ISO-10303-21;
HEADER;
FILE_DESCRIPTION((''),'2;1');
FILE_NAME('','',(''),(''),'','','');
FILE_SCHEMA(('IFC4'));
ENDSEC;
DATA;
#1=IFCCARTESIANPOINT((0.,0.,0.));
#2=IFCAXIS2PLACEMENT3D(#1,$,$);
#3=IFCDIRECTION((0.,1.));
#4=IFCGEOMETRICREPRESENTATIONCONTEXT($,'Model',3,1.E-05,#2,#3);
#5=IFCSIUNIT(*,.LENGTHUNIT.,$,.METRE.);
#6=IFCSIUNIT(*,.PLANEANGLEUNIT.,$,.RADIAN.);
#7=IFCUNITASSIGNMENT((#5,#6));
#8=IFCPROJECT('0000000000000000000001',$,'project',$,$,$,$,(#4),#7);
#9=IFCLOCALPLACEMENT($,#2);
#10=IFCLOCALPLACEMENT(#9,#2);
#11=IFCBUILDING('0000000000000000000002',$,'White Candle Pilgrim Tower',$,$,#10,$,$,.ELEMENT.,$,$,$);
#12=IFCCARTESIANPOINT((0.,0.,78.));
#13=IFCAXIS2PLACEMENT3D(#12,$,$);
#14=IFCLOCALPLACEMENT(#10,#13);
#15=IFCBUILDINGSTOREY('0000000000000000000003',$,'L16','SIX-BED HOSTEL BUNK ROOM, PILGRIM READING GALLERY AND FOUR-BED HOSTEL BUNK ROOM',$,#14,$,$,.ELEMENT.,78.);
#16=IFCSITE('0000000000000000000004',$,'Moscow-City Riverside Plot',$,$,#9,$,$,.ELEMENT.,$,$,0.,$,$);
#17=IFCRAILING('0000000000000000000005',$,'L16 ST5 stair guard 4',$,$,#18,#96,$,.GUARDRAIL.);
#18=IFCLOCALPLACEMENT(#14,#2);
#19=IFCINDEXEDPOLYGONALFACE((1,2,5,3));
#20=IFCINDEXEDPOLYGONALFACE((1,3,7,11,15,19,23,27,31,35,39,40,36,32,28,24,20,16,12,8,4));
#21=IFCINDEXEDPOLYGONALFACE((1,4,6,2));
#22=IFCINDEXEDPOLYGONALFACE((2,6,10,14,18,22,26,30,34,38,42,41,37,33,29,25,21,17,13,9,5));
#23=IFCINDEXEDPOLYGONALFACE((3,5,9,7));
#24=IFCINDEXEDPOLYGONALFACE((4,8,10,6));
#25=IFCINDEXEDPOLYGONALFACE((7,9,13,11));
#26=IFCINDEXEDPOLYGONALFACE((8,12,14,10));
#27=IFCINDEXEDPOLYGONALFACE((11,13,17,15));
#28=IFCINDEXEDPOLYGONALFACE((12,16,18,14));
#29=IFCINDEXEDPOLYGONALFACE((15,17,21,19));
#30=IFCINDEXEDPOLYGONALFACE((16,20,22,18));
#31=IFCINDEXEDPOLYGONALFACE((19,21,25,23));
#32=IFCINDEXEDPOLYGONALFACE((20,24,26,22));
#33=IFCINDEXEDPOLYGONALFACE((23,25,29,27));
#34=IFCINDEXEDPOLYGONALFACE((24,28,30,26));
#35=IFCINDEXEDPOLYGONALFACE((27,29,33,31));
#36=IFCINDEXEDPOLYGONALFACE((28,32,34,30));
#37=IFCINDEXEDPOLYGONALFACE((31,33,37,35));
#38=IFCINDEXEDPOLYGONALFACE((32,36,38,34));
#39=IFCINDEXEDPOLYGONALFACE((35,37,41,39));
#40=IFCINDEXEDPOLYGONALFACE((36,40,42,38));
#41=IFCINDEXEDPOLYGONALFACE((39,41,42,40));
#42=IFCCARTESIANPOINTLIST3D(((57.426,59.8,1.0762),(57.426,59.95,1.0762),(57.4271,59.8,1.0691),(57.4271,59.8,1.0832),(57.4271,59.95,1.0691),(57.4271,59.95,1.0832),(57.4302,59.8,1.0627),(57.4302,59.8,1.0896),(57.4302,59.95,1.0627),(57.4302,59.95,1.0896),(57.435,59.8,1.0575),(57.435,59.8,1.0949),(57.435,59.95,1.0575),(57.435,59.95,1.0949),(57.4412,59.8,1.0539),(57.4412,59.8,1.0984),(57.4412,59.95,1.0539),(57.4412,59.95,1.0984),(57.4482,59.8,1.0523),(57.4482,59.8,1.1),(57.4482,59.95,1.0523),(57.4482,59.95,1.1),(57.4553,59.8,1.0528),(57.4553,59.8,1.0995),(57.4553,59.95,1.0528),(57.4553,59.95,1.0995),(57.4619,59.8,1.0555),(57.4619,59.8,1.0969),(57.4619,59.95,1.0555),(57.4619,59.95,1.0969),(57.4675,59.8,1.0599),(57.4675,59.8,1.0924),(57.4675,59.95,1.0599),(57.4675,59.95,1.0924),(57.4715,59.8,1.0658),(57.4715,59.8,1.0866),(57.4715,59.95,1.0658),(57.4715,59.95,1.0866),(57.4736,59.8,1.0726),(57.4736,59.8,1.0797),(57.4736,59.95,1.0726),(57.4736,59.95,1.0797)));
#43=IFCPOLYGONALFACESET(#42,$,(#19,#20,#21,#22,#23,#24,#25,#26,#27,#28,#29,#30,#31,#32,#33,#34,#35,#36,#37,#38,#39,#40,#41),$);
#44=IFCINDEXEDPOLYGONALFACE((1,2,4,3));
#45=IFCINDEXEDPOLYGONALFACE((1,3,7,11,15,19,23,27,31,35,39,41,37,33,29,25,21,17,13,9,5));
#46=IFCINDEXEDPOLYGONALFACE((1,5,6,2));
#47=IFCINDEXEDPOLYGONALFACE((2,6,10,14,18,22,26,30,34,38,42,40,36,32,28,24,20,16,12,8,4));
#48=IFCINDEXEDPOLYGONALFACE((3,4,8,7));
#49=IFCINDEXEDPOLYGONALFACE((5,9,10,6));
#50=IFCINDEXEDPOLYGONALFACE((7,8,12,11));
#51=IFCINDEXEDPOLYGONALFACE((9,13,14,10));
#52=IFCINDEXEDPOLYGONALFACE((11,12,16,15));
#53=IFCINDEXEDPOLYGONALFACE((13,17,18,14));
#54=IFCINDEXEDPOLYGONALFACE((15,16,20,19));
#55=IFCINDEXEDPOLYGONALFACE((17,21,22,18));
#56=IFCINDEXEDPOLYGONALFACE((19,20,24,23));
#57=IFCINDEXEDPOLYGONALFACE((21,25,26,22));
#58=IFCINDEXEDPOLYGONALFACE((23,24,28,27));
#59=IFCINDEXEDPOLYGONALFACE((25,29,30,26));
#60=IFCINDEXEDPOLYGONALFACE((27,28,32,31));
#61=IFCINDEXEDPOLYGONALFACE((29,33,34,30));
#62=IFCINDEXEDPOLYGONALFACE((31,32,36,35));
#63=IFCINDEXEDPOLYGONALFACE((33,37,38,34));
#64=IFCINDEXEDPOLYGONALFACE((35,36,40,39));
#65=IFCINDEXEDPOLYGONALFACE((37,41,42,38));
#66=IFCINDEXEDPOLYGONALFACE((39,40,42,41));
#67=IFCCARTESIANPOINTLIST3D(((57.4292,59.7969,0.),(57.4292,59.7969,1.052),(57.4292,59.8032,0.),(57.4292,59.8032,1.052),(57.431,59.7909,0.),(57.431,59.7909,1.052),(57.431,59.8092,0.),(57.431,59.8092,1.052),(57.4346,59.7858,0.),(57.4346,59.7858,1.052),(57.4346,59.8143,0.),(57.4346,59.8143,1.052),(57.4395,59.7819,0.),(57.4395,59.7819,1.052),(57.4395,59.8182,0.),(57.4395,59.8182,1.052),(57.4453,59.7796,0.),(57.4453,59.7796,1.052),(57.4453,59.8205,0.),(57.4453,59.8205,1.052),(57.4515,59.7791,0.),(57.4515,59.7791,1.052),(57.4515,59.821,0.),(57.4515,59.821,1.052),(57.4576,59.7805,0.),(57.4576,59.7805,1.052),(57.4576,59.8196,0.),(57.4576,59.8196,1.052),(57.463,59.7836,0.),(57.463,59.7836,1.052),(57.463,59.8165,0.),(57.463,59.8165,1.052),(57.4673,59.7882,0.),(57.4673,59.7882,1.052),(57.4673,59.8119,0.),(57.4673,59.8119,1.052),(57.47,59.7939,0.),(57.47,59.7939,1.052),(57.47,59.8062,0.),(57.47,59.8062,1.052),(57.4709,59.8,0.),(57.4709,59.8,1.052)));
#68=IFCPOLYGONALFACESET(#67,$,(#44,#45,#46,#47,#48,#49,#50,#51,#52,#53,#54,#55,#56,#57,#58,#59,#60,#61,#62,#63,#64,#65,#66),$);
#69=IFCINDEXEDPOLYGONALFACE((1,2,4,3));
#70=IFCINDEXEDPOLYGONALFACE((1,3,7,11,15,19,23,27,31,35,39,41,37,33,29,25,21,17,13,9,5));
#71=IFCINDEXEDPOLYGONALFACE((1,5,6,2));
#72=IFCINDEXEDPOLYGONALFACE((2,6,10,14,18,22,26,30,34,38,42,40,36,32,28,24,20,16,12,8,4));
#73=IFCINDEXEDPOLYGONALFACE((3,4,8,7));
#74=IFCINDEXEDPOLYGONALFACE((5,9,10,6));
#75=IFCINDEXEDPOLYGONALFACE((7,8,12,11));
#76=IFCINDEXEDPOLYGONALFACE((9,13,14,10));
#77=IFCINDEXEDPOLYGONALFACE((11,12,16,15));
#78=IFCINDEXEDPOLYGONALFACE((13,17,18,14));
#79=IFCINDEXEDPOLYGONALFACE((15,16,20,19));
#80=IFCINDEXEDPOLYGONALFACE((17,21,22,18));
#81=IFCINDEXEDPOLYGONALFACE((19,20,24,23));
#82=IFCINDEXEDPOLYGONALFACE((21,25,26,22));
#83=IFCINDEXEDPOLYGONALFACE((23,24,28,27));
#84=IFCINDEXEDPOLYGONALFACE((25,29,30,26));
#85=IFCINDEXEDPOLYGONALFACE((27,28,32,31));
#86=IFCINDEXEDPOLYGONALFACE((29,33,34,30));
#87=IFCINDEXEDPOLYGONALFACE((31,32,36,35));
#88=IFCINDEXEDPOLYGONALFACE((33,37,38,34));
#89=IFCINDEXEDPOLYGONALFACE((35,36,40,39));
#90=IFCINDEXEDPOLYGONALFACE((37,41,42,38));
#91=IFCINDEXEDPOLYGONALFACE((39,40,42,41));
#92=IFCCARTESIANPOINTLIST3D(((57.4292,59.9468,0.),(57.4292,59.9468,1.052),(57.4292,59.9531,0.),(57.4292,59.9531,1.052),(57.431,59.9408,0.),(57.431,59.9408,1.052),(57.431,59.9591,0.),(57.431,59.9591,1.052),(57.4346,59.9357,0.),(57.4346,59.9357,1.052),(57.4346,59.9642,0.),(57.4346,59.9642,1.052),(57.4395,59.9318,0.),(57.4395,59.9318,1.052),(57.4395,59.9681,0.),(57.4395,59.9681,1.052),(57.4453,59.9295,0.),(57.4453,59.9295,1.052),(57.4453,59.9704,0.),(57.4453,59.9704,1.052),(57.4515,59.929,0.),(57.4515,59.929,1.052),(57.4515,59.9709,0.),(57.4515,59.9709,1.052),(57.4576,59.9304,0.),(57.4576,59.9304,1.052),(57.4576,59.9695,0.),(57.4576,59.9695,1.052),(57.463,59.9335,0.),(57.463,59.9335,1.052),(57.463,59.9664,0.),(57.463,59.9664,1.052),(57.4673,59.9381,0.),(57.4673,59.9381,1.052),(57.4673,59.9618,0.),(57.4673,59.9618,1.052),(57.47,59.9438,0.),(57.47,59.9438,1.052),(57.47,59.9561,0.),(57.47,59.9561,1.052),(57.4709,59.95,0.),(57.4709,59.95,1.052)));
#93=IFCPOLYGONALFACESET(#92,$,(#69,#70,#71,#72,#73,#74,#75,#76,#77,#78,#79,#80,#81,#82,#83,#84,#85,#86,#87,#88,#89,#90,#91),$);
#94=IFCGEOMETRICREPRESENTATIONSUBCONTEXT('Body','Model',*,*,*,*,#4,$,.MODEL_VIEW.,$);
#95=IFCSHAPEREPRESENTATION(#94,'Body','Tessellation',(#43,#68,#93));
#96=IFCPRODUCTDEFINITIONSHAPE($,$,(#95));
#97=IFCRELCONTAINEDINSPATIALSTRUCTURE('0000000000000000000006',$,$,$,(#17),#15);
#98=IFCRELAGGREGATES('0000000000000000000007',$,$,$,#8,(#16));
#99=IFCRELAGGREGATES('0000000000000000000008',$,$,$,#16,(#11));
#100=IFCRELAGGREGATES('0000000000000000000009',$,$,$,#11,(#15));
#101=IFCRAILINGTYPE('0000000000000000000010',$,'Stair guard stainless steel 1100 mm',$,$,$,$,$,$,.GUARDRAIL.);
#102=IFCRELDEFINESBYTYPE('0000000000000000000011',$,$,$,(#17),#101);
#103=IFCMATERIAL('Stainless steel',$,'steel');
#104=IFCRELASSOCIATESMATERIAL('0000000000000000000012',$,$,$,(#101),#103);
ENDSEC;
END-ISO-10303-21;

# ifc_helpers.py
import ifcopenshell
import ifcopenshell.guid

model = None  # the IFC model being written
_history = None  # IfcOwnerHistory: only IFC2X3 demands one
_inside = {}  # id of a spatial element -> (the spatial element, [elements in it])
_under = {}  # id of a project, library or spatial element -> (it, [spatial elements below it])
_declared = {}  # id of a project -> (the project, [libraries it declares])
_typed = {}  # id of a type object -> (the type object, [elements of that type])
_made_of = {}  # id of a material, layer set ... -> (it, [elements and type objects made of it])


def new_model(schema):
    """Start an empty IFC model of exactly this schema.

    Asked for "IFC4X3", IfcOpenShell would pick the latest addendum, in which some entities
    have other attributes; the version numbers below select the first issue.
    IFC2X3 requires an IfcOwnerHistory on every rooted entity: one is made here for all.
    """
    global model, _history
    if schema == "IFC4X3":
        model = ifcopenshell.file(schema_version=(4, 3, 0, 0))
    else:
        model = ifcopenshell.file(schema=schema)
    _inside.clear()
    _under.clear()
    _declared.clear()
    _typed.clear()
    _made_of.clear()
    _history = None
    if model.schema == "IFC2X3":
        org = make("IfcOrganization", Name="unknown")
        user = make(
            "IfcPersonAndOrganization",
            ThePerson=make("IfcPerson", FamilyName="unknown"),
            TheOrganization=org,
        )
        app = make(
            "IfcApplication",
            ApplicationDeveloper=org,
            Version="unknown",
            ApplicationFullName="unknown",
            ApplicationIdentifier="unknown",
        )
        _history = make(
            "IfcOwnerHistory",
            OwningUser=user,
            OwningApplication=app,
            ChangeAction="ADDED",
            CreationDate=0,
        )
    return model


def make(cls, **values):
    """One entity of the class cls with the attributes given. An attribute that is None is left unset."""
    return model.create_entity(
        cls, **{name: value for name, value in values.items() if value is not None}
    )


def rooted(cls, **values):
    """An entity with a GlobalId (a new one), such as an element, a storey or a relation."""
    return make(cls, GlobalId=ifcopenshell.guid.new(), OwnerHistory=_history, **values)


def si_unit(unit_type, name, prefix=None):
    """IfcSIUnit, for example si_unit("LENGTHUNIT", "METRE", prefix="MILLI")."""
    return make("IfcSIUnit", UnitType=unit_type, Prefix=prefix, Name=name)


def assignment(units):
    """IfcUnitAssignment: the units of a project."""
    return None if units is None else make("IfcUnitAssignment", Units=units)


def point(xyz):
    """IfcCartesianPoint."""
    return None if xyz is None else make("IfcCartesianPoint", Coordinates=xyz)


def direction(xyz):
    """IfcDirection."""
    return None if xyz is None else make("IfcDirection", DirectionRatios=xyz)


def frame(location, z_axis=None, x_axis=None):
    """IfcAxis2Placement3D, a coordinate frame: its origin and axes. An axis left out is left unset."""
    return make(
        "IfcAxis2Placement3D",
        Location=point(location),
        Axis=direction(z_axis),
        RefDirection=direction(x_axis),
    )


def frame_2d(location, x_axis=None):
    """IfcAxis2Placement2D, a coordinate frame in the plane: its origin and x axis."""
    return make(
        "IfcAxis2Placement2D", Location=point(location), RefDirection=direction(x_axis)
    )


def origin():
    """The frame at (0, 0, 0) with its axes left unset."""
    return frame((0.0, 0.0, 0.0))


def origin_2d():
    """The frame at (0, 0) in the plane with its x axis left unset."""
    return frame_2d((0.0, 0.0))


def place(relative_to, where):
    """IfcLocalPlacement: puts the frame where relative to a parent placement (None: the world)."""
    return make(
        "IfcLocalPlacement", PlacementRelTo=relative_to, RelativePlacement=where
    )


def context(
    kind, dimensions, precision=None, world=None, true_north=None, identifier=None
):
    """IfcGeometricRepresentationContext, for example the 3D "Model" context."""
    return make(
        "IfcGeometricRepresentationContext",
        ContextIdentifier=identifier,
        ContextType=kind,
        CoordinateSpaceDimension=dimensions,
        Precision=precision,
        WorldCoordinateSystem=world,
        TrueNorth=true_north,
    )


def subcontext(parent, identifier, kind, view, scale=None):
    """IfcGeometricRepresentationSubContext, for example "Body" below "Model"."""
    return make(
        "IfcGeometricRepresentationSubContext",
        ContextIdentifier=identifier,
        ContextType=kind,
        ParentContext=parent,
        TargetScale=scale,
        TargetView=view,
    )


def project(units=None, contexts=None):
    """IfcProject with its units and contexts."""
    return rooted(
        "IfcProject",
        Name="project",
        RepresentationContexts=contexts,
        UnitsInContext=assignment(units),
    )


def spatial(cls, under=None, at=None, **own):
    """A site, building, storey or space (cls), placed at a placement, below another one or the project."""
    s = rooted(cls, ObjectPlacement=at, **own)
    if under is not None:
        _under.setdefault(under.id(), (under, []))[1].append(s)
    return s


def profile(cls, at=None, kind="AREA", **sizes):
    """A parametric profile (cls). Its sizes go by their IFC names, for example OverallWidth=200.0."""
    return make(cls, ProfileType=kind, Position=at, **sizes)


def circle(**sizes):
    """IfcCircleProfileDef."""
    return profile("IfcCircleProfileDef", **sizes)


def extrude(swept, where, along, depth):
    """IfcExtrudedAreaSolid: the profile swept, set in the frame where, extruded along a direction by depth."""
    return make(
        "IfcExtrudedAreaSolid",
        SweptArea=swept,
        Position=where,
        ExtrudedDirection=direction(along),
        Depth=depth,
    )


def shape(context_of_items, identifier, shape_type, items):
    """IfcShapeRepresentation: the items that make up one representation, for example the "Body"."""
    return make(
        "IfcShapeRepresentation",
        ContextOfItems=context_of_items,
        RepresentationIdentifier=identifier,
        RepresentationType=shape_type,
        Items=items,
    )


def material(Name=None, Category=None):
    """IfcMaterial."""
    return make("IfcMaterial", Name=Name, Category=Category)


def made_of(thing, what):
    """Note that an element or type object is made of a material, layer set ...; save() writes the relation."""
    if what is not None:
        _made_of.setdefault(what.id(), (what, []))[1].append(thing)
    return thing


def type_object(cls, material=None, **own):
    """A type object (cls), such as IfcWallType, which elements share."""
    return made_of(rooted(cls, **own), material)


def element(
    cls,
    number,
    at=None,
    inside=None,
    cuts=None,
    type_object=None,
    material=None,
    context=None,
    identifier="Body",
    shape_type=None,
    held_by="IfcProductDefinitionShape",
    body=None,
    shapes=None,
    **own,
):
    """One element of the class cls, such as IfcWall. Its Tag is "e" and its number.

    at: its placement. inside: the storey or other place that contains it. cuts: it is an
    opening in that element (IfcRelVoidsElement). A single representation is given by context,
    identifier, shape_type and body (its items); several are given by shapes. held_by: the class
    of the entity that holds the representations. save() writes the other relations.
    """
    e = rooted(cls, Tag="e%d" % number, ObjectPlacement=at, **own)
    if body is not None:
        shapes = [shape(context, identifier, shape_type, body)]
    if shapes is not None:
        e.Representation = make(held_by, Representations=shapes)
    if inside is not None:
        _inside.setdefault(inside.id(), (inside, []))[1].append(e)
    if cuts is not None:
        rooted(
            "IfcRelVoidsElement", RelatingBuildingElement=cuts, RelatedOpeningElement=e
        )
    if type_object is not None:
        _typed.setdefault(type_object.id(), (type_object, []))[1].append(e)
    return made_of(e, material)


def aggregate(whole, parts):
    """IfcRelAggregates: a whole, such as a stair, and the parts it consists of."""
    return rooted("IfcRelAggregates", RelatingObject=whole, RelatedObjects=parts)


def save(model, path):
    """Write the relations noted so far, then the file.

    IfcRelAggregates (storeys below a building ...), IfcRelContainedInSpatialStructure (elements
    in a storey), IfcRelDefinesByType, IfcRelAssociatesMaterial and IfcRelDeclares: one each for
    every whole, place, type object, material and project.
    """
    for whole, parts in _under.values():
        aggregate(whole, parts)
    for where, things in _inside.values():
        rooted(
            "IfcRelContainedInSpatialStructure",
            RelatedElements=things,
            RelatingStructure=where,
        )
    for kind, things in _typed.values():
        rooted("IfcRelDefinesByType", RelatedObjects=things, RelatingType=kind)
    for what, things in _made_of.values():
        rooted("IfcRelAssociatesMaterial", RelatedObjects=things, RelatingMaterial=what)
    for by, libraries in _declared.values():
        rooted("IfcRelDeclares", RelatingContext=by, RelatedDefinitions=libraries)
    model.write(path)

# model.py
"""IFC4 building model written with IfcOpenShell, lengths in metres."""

from ifc_helpers import new_model, si_unit, direction, frame, origin, origin_2d, place, context, subcontext, project, spatial, circle, extrude, material, type_object, element, save


model = new_model("IFC4")

# Units and contexts
model_context = context("Model", 3, precision=1e-05, world=origin(), true_north=direction((0.0, 1.0)))
body_context = subcontext(model_context, "Body", "Model", "MODEL_VIEW")
ifc_project = project(units=[si_unit("LENGTHUNIT", "METRE"), si_unit("PLANEANGLEUNIT", "RADIAN")], contexts=[model_context])

# Site, building, storey
site_placement = place(None, origin())
site = spatial("IfcSite", under=ifc_project, at=site_placement, Name="Moscow-City Riverside Plot", CompositionType="ELEMENT", RefElevation=0.0)
building_placement = place(site_placement, origin())
building = spatial("IfcBuilding", under=site, at=building_placement, Name="White Candle Pilgrim Tower", CompositionType="ELEMENT")
storey_placement = place(building_placement, frame((0.0, 0.0, 78.0)))
storey = spatial("IfcBuildingStorey", under=building, at=storey_placement, Name="L16", Description="SIX-BED HOSTEL BUNK ROOM, PILGRIM READING GALLERY AND FOUR-BED HOSTEL BUNK ROOM", CompositionType="ELEMENT", Elevation=78.0)

# Railing
ifc_material_1 = material(Name="Stainless steel", Category="steel")
railing_type_1 = type_object("IfcRailingType", Name="Stair guard stainless steel 1100 mm", PredefinedType="GUARDRAIL", material=ifc_material_1)
railing_1_placement = place(storey_placement, frame((57.45, 59.8, 0.0)))
element("IfcRailing", 1, at=railing_1_placement, inside=storey, type_object=railing_type_1, Name="L16 ST5 stair guard 4", PredefinedType="GUARDRAIL", context=body_context, shape_type="SweptSolid", body=[
    extrude(circle(Radius=0.0239, at=origin_2d()), frame((0.0, 0.0, 1.0762), z_axis=(0.0, 1.0, 0.0), x_axis=(-1.0, 0.0, 0.0)), (0.0, 0.0, 1.0), 0.1499),
    extrude(circle(Radius=0.021, at=origin_2d()), origin(), (0.0, 0.0, 1.0), 1.052),
    extrude(circle(Radius=0.021, at=origin_2d()), frame((0.0, 0.1499, 0.0)), (0.0, 0.0, 1.0), 1.052),
])

save(model, "model.ifc")
